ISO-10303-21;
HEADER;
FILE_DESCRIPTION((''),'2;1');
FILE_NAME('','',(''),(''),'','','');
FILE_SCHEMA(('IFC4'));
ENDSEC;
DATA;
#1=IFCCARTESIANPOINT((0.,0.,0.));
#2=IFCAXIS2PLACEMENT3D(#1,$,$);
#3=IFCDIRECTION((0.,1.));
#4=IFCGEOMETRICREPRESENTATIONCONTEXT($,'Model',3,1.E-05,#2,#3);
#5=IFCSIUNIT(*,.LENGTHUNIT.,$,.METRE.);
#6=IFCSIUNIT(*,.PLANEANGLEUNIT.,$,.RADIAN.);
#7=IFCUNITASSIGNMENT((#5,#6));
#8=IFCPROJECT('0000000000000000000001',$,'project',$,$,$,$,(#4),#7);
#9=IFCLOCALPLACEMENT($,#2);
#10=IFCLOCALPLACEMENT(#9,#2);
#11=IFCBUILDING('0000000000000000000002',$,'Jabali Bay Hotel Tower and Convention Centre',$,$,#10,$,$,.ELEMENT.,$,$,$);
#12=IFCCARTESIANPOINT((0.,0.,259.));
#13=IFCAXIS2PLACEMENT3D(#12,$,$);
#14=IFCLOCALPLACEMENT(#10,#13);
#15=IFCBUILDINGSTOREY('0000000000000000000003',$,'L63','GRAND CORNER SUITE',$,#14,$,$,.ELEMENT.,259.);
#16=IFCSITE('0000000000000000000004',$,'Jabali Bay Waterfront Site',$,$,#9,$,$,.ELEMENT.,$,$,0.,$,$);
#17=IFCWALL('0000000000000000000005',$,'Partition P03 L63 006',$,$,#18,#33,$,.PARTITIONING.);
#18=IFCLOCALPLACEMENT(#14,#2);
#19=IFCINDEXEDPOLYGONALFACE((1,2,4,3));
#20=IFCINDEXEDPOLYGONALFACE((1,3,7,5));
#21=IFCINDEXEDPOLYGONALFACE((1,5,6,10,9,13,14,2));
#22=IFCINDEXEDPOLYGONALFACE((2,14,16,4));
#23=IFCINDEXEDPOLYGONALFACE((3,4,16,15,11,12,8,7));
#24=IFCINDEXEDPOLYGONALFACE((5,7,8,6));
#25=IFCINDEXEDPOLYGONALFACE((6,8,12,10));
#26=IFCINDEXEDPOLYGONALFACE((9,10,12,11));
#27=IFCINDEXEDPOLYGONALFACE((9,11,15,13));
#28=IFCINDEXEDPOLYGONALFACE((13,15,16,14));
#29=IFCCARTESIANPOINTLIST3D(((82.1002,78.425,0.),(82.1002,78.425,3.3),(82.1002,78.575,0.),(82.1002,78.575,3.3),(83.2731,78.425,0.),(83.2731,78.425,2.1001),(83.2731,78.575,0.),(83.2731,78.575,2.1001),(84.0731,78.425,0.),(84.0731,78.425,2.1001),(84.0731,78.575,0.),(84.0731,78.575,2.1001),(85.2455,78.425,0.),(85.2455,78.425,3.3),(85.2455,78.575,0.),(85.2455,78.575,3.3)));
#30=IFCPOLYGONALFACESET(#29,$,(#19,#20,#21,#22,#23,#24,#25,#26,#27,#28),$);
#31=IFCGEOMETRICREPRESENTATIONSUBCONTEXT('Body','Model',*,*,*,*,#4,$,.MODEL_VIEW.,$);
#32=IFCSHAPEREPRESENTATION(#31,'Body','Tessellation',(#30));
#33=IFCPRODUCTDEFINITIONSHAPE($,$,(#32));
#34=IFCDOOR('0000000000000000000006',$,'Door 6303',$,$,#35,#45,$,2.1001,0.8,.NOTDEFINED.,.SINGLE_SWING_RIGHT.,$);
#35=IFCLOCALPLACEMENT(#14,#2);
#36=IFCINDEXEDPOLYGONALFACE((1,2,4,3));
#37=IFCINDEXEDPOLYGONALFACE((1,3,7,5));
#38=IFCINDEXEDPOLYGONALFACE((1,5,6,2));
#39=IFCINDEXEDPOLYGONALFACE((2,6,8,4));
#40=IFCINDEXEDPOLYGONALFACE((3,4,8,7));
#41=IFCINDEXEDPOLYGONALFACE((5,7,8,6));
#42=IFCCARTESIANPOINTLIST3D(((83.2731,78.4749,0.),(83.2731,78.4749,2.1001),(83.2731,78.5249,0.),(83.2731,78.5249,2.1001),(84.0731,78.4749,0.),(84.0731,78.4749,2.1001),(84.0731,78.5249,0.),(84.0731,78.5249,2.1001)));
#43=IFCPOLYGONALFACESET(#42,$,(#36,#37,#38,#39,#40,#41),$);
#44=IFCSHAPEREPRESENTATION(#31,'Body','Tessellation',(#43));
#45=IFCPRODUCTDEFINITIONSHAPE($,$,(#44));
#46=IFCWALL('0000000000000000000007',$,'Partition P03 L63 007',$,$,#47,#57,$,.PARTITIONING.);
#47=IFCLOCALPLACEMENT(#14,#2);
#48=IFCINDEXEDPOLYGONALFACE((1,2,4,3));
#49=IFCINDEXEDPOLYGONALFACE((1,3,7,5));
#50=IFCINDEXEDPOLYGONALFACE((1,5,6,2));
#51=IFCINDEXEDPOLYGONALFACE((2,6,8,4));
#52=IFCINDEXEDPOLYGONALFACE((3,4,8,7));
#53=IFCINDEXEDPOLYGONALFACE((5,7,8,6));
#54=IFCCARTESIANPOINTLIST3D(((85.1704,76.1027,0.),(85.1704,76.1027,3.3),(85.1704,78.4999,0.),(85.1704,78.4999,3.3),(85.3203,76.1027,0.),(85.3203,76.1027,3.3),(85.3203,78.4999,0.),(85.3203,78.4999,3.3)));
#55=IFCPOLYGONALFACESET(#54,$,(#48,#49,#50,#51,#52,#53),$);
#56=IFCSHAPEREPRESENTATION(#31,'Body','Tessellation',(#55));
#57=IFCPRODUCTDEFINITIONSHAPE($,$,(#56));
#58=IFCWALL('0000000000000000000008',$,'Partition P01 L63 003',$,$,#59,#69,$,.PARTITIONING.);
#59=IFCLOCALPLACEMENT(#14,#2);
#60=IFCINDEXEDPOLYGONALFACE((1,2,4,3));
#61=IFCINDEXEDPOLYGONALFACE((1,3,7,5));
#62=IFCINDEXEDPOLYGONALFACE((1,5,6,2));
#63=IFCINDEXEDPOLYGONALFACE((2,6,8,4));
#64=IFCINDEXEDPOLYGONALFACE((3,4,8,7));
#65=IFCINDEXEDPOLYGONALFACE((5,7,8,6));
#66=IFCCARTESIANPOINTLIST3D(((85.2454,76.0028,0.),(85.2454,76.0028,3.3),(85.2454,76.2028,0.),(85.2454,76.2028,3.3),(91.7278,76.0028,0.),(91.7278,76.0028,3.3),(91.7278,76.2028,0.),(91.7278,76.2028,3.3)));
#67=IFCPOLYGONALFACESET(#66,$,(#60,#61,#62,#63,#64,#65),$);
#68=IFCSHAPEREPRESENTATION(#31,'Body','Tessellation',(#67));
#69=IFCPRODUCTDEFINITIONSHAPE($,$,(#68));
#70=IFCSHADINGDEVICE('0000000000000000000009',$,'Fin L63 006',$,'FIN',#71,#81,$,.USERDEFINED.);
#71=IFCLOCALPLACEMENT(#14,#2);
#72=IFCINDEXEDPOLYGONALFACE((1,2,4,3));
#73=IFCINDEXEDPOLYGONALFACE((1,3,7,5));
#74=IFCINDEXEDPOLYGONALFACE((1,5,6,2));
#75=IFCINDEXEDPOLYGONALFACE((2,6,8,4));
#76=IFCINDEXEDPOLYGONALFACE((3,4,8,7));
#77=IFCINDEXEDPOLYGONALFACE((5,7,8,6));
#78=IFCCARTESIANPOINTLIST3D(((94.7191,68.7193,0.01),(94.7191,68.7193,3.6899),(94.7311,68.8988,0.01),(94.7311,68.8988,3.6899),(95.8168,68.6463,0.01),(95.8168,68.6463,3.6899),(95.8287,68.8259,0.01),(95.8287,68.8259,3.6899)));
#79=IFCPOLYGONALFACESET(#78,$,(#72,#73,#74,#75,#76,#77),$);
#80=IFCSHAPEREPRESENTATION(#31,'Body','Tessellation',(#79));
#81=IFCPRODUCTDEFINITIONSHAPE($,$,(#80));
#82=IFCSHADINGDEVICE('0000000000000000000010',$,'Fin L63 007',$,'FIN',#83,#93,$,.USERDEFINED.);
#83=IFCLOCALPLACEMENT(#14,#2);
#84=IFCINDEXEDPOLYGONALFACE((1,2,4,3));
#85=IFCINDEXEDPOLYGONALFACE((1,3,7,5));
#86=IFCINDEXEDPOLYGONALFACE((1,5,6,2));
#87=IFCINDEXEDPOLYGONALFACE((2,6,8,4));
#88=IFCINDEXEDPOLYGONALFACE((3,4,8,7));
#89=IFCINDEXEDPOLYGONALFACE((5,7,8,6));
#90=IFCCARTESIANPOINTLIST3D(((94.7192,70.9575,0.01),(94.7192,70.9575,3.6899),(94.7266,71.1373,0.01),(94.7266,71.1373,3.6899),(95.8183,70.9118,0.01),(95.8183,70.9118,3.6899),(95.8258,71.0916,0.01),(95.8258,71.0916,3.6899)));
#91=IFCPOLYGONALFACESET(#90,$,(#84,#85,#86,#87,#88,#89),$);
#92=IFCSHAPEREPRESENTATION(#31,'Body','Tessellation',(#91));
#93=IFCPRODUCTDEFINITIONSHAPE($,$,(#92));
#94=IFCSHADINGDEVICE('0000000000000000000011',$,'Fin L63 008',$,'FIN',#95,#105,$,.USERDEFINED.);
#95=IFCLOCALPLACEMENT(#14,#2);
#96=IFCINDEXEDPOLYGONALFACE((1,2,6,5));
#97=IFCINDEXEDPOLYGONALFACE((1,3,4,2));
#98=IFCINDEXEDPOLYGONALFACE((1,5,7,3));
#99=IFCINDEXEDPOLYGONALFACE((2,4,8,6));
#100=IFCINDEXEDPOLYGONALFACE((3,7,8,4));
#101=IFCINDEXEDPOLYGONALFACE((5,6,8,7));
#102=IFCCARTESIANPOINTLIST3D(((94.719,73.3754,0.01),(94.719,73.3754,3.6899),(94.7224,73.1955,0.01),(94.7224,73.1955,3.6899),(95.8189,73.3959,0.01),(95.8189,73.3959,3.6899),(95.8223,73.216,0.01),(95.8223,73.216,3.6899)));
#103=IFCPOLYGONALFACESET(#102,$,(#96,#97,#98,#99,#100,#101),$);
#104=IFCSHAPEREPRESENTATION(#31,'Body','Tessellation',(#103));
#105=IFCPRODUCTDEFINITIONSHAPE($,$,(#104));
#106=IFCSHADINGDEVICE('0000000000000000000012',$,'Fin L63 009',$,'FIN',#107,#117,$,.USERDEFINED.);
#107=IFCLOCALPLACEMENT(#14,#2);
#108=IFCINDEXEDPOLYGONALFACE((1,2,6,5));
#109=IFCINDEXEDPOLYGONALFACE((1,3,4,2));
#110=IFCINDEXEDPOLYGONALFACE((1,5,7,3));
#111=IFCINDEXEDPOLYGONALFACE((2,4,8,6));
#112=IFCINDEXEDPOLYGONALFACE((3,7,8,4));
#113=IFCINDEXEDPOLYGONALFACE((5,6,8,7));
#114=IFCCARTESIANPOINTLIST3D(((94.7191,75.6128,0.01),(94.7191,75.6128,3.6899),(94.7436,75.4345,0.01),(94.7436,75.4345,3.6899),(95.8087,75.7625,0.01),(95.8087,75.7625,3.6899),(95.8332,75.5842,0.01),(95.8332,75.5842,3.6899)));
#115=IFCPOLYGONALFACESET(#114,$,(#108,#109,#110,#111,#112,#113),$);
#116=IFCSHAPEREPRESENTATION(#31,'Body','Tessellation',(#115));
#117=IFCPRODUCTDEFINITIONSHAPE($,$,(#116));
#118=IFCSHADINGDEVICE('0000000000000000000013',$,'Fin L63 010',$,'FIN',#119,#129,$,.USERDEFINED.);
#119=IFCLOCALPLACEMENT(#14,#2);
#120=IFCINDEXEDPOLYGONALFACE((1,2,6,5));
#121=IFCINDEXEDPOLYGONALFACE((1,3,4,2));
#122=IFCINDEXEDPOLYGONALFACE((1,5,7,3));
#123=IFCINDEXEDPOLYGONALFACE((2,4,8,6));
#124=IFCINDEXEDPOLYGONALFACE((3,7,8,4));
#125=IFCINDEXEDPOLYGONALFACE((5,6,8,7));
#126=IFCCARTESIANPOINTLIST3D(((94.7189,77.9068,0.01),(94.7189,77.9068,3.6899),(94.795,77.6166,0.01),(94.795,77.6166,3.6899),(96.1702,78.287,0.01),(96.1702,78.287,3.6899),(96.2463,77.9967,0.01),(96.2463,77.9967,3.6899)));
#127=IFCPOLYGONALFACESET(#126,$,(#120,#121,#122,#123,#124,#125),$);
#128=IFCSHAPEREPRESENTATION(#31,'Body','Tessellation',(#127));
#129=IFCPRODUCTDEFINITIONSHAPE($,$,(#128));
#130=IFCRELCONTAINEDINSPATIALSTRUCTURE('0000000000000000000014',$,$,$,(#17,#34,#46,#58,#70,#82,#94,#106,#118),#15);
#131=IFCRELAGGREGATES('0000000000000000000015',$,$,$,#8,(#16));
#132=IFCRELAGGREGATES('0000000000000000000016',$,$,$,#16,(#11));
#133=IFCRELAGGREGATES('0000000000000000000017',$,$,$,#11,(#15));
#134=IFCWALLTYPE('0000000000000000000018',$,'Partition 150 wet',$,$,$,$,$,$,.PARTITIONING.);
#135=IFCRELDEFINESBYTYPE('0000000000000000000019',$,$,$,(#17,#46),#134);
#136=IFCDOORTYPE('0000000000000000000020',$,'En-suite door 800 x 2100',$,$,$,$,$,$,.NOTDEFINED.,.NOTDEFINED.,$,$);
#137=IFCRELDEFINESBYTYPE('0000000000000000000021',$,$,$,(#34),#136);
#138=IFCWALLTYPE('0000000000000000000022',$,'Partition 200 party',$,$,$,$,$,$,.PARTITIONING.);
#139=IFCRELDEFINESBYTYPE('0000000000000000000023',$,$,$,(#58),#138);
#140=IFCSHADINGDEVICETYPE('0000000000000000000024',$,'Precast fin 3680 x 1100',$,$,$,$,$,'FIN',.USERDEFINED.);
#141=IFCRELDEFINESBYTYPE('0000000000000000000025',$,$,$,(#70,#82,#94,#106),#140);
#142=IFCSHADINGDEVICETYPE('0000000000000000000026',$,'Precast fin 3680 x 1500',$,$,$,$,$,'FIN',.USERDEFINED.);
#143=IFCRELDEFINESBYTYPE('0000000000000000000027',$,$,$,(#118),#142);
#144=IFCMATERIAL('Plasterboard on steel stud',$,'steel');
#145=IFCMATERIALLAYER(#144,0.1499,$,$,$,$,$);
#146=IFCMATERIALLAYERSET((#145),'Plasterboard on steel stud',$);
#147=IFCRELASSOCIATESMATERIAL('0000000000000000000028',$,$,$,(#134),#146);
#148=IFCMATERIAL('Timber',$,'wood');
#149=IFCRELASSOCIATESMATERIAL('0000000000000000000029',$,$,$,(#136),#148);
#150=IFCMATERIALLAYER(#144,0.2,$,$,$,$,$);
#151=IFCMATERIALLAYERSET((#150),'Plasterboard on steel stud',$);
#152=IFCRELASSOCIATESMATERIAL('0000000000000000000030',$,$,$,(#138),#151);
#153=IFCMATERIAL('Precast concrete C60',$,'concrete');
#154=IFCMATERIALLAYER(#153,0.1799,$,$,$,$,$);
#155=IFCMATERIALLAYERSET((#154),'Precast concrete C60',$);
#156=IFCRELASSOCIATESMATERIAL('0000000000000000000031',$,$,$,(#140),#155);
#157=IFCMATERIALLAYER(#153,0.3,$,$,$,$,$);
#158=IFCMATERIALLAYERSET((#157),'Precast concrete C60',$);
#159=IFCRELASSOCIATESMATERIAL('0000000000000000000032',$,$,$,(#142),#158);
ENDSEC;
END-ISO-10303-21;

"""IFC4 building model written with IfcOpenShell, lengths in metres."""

from ifc_helpers import new_model, si_unit, direction, frame, frame_2d, origin, place, context, subcontext, project, spatial, rectangle, extrude, material, layer, layer_set, type_object, element, fill, save


model = new_model("IFC4")

# Units and contexts
model_context = context("Model", 3, precision=1e-05, world=origin(), true_north=direction((0.0, 1.0)))
body_context = subcontext(model_context, "Body", "Model", "MODEL_VIEW")
ifc_project = project(units=[si_unit("LENGTHUNIT", "METRE"), si_unit("PLANEANGLEUNIT", "RADIAN")], contexts=[model_context])

# Site, building, storey
site_placement = place(None, origin())
site = spatial("IfcSite", under=ifc_project, at=site_placement, Name="Jabali Bay Waterfront Site", CompositionType="ELEMENT", RefElevation=0.0)
building_placement = place(site_placement, origin())
building = spatial("IfcBuilding", under=site, at=building_placement, Name="Jabali Bay Hotel Tower and Convention Centre", CompositionType="ELEMENT")
storey_placement = place(building_placement, frame((0.0, 0.0, 259.0)))
storey = spatial("IfcBuildingStorey", under=building, at=storey_placement, Name="L63", Description="GRAND CORNER SUITE", CompositionType="ELEMENT", Elevation=259.0)

# Shared definitions
ifc_material_1 = material(Name="Timber", Category="wood")

# Shared definitions
ifc_material_2 = material(Name="Plasterboard on steel stud", Category="steel")
ifc_layer_1 = layer(ifc_material_2, 0.1499)
ifc_layer_set_1 = layer_set([ifc_layer_1], Name="Plasterboard on steel stud")
wall_type_1 = type_object("IfcWallType", Name="Partition 150 wet", PredefinedType="PARTITIONING", material=ifc_layer_set_1)
door_type_1 = type_object("IfcDoorType", Name="En-suite door 800 x 2100", OperationType="NOTDEFINED", PredefinedType="NOTDEFINED", material=ifc_material_1)

# Wall, opening, door
wall_1_placement = place(storey_placement, frame((82.1001, 78.5, 0.0), z_axis=(0.0, 0.0, 1.0), x_axis=(1.0, 0.0, 0.0)))
wall_1 = element("IfcWall", 1, at=wall_1_placement, inside=storey, type_object=wall_type_1, Name="Partition P03 L63 006", PredefinedType="PARTITIONING", context=body_context, shape_type="SweptSolid", body=[
    extrude(rectangle(XDim=3.1453, YDim=0.1499, at=frame_2d((1.5728, 0.0))), origin(), (0.0, 0.0, 1.0), 3.3),
])
opening_1_placement = place(wall_1_placement, frame((1.1731, 0.0, 0.0)))
opening_1 = element("IfcOpeningElement", 2, at=opening_1_placement, cuts=wall_1, PredefinedType="OPENING", context=body_context, shape_type="SweptSolid", body=[
    extrude(rectangle(XDim=0.8, YDim=2.1001, at=frame_2d((0.3999, 1.05))), frame((0.0, 0.0854, 0.0), z_axis=(0.0, -1.0, 0.0), x_axis=(1.0, 0.0, 0.0)), (0.0, 0.0, 1.0), 0.1709),
])
door_1_placement = place(opening_1_placement, origin())
door_1 = element("IfcDoor", 3, at=door_1_placement, inside=storey, type_object=door_type_1, Name="Door 6303", OperationType="SINGLE_SWING_RIGHT", OverallHeight=2.1001, OverallWidth=0.8, PredefinedType="NOTDEFINED", context=body_context, shape_type="SweptSolid", body=[
    extrude(rectangle(XDim=0.8, YDim=2.1001, at=frame_2d((0.3999, 1.05))), frame((0.0, 0.0249, 0.0), z_axis=(0.0, -1.0, 0.0), x_axis=(1.0, 0.0, 0.0)), (0.0, 0.0, 1.0), 0.05),
])
fill(opening_1, door_1)

# Walls
wall_2_placement = place(storey_placement, frame((85.2454, 78.5, 0.0), z_axis=(0.0, 0.0, 1.0), x_axis=(0.0, -1.0, 0.0)))
element("IfcWall", 4, at=wall_2_placement, inside=storey, type_object=wall_type_1, Name="Partition P03 L63 007", PredefinedType="PARTITIONING", context=body_context, shape_type="SweptSolid", body=[
    extrude(rectangle(XDim=2.3972, YDim=0.1499, at=frame_2d((1.1987, 0.0))), origin(), (0.0, 0.0, 1.0), 3.3),
])
ifc_layer_2 = layer(ifc_material_2, 0.2)
ifc_layer_set_2 = layer_set([ifc_layer_2], Name="Plasterboard on steel stud")
wall_type_2 = type_object("IfcWallType", Name="Partition 200 party", PredefinedType="PARTITIONING", material=ifc_layer_set_2)
wall_3_placement = place(storey_placement, frame((91.7278, 76.1028, 0.0), z_axis=(0.0, 0.0, 1.0), x_axis=(-1.0, 0.0, 0.0)))
element("IfcWall", 5, at=wall_3_placement, inside=storey, type_object=wall_type_2, Name="Partition P01 L63 003", PredefinedType="PARTITIONING", context=body_context, shape_type="SweptSolid", body=[
    extrude(rectangle(XDim=6.4824, YDim=0.2, at=frame_2d((3.2412, 0.0))), origin(), (0.0, 0.0, 1.0), 3.3),
])

# Shading devices
ifc_material_3 = material(Name="Precast concrete C60", Category="concrete")
ifc_layer_3 = layer(ifc_material_3, 0.1799)
ifc_layer_set_3 = layer_set([ifc_layer_3], Name="Precast concrete C60")
shading_device_type_1 = type_object("IfcShadingDeviceType", Name="Precast fin 3680 x 1100", ElementType="FIN", PredefinedType="USERDEFINED", material=ifc_layer_set_3)
for number, where, z_axis, x_axis, name in (
    (6, (94.7251, 68.8091, 0.01), (0.0, 0.0, 1.0), (0.997796, -0.066357, 0.0), "Fin L63 006"),
    (7, (94.7229, 71.0474, 0.01), (0.0, 0.0, 1.0), (0.999138, -0.041501, 0.0), "Fin L63 007"),
    (8, (94.7207, 73.2854, 0.01), (0.0, 0.0, 1.0), (0.999826, 0.018643, 0.0), "Fin L63 008"),
):
    element("IfcShadingDevice", number, at=place(storey_placement, frame(where, z_axis=z_axis, x_axis=x_axis)), inside=storey, type_object=shading_device_type_1, Name=name, ObjectType="FIN", PredefinedType="USERDEFINED", context=body_context, shape_type="SweptSolid", body=[
        extrude(rectangle(XDim=1.1001, YDim=0.1799, at=frame_2d((0.55, 0.0))), origin(), (0.0, 0.0, 1.0), 3.6799),
    ])
shading_device_1_placement = place(storey_placement, frame((94.7314, 75.5237, 0.01), z_axis=(0.0, 0.0, 1.0), x_axis=(0.990699, 0.136074, 0.0)))
element("IfcShadingDevice", 9, at=shading_device_1_placement, inside=storey, type_object=shading_device_type_1, Name="Fin L63 009", ObjectType="FIN", PredefinedType="USERDEFINED", context=body_context, shape_type="SweptSolid", body=[
    extrude(rectangle(XDim=1.0999, YDim=0.1799, at=frame_2d((0.5498, 0.0))), origin(), (0.0, 0.0, 1.0), 3.6799),
])
ifc_layer_4 = layer(ifc_material_3, 0.3)
ifc_layer_set_4 = layer_set([ifc_layer_4], Name="Precast concrete C60")
shading_device_type_2 = type_object("IfcShadingDeviceType", Name="Precast fin 3680 x 1500", ElementType="FIN", PredefinedType="USERDEFINED", material=ifc_layer_set_4)
shading_device_2_placement = place(storey_placement, frame((94.7571, 77.7617, 0.01), z_axis=(0.0, 0.0, 1.0), x_axis=(0.967363, 0.253396, 0.0)))
element("IfcShadingDevice", 10, at=shading_device_2_placement, inside=storey, type_object=shading_device_type_2, Name="Fin L63 010", ObjectType="FIN", PredefinedType="USERDEFINED", context=body_context, shape_type="SweptSolid", body=[
    extrude(rectangle(XDim=1.5002, YDim=0.3, at=frame_2d((0.75, 0.0))), origin(), (0.0, 0.0, 1.0), 3.6799),
])

save(model, "model.ifc")
